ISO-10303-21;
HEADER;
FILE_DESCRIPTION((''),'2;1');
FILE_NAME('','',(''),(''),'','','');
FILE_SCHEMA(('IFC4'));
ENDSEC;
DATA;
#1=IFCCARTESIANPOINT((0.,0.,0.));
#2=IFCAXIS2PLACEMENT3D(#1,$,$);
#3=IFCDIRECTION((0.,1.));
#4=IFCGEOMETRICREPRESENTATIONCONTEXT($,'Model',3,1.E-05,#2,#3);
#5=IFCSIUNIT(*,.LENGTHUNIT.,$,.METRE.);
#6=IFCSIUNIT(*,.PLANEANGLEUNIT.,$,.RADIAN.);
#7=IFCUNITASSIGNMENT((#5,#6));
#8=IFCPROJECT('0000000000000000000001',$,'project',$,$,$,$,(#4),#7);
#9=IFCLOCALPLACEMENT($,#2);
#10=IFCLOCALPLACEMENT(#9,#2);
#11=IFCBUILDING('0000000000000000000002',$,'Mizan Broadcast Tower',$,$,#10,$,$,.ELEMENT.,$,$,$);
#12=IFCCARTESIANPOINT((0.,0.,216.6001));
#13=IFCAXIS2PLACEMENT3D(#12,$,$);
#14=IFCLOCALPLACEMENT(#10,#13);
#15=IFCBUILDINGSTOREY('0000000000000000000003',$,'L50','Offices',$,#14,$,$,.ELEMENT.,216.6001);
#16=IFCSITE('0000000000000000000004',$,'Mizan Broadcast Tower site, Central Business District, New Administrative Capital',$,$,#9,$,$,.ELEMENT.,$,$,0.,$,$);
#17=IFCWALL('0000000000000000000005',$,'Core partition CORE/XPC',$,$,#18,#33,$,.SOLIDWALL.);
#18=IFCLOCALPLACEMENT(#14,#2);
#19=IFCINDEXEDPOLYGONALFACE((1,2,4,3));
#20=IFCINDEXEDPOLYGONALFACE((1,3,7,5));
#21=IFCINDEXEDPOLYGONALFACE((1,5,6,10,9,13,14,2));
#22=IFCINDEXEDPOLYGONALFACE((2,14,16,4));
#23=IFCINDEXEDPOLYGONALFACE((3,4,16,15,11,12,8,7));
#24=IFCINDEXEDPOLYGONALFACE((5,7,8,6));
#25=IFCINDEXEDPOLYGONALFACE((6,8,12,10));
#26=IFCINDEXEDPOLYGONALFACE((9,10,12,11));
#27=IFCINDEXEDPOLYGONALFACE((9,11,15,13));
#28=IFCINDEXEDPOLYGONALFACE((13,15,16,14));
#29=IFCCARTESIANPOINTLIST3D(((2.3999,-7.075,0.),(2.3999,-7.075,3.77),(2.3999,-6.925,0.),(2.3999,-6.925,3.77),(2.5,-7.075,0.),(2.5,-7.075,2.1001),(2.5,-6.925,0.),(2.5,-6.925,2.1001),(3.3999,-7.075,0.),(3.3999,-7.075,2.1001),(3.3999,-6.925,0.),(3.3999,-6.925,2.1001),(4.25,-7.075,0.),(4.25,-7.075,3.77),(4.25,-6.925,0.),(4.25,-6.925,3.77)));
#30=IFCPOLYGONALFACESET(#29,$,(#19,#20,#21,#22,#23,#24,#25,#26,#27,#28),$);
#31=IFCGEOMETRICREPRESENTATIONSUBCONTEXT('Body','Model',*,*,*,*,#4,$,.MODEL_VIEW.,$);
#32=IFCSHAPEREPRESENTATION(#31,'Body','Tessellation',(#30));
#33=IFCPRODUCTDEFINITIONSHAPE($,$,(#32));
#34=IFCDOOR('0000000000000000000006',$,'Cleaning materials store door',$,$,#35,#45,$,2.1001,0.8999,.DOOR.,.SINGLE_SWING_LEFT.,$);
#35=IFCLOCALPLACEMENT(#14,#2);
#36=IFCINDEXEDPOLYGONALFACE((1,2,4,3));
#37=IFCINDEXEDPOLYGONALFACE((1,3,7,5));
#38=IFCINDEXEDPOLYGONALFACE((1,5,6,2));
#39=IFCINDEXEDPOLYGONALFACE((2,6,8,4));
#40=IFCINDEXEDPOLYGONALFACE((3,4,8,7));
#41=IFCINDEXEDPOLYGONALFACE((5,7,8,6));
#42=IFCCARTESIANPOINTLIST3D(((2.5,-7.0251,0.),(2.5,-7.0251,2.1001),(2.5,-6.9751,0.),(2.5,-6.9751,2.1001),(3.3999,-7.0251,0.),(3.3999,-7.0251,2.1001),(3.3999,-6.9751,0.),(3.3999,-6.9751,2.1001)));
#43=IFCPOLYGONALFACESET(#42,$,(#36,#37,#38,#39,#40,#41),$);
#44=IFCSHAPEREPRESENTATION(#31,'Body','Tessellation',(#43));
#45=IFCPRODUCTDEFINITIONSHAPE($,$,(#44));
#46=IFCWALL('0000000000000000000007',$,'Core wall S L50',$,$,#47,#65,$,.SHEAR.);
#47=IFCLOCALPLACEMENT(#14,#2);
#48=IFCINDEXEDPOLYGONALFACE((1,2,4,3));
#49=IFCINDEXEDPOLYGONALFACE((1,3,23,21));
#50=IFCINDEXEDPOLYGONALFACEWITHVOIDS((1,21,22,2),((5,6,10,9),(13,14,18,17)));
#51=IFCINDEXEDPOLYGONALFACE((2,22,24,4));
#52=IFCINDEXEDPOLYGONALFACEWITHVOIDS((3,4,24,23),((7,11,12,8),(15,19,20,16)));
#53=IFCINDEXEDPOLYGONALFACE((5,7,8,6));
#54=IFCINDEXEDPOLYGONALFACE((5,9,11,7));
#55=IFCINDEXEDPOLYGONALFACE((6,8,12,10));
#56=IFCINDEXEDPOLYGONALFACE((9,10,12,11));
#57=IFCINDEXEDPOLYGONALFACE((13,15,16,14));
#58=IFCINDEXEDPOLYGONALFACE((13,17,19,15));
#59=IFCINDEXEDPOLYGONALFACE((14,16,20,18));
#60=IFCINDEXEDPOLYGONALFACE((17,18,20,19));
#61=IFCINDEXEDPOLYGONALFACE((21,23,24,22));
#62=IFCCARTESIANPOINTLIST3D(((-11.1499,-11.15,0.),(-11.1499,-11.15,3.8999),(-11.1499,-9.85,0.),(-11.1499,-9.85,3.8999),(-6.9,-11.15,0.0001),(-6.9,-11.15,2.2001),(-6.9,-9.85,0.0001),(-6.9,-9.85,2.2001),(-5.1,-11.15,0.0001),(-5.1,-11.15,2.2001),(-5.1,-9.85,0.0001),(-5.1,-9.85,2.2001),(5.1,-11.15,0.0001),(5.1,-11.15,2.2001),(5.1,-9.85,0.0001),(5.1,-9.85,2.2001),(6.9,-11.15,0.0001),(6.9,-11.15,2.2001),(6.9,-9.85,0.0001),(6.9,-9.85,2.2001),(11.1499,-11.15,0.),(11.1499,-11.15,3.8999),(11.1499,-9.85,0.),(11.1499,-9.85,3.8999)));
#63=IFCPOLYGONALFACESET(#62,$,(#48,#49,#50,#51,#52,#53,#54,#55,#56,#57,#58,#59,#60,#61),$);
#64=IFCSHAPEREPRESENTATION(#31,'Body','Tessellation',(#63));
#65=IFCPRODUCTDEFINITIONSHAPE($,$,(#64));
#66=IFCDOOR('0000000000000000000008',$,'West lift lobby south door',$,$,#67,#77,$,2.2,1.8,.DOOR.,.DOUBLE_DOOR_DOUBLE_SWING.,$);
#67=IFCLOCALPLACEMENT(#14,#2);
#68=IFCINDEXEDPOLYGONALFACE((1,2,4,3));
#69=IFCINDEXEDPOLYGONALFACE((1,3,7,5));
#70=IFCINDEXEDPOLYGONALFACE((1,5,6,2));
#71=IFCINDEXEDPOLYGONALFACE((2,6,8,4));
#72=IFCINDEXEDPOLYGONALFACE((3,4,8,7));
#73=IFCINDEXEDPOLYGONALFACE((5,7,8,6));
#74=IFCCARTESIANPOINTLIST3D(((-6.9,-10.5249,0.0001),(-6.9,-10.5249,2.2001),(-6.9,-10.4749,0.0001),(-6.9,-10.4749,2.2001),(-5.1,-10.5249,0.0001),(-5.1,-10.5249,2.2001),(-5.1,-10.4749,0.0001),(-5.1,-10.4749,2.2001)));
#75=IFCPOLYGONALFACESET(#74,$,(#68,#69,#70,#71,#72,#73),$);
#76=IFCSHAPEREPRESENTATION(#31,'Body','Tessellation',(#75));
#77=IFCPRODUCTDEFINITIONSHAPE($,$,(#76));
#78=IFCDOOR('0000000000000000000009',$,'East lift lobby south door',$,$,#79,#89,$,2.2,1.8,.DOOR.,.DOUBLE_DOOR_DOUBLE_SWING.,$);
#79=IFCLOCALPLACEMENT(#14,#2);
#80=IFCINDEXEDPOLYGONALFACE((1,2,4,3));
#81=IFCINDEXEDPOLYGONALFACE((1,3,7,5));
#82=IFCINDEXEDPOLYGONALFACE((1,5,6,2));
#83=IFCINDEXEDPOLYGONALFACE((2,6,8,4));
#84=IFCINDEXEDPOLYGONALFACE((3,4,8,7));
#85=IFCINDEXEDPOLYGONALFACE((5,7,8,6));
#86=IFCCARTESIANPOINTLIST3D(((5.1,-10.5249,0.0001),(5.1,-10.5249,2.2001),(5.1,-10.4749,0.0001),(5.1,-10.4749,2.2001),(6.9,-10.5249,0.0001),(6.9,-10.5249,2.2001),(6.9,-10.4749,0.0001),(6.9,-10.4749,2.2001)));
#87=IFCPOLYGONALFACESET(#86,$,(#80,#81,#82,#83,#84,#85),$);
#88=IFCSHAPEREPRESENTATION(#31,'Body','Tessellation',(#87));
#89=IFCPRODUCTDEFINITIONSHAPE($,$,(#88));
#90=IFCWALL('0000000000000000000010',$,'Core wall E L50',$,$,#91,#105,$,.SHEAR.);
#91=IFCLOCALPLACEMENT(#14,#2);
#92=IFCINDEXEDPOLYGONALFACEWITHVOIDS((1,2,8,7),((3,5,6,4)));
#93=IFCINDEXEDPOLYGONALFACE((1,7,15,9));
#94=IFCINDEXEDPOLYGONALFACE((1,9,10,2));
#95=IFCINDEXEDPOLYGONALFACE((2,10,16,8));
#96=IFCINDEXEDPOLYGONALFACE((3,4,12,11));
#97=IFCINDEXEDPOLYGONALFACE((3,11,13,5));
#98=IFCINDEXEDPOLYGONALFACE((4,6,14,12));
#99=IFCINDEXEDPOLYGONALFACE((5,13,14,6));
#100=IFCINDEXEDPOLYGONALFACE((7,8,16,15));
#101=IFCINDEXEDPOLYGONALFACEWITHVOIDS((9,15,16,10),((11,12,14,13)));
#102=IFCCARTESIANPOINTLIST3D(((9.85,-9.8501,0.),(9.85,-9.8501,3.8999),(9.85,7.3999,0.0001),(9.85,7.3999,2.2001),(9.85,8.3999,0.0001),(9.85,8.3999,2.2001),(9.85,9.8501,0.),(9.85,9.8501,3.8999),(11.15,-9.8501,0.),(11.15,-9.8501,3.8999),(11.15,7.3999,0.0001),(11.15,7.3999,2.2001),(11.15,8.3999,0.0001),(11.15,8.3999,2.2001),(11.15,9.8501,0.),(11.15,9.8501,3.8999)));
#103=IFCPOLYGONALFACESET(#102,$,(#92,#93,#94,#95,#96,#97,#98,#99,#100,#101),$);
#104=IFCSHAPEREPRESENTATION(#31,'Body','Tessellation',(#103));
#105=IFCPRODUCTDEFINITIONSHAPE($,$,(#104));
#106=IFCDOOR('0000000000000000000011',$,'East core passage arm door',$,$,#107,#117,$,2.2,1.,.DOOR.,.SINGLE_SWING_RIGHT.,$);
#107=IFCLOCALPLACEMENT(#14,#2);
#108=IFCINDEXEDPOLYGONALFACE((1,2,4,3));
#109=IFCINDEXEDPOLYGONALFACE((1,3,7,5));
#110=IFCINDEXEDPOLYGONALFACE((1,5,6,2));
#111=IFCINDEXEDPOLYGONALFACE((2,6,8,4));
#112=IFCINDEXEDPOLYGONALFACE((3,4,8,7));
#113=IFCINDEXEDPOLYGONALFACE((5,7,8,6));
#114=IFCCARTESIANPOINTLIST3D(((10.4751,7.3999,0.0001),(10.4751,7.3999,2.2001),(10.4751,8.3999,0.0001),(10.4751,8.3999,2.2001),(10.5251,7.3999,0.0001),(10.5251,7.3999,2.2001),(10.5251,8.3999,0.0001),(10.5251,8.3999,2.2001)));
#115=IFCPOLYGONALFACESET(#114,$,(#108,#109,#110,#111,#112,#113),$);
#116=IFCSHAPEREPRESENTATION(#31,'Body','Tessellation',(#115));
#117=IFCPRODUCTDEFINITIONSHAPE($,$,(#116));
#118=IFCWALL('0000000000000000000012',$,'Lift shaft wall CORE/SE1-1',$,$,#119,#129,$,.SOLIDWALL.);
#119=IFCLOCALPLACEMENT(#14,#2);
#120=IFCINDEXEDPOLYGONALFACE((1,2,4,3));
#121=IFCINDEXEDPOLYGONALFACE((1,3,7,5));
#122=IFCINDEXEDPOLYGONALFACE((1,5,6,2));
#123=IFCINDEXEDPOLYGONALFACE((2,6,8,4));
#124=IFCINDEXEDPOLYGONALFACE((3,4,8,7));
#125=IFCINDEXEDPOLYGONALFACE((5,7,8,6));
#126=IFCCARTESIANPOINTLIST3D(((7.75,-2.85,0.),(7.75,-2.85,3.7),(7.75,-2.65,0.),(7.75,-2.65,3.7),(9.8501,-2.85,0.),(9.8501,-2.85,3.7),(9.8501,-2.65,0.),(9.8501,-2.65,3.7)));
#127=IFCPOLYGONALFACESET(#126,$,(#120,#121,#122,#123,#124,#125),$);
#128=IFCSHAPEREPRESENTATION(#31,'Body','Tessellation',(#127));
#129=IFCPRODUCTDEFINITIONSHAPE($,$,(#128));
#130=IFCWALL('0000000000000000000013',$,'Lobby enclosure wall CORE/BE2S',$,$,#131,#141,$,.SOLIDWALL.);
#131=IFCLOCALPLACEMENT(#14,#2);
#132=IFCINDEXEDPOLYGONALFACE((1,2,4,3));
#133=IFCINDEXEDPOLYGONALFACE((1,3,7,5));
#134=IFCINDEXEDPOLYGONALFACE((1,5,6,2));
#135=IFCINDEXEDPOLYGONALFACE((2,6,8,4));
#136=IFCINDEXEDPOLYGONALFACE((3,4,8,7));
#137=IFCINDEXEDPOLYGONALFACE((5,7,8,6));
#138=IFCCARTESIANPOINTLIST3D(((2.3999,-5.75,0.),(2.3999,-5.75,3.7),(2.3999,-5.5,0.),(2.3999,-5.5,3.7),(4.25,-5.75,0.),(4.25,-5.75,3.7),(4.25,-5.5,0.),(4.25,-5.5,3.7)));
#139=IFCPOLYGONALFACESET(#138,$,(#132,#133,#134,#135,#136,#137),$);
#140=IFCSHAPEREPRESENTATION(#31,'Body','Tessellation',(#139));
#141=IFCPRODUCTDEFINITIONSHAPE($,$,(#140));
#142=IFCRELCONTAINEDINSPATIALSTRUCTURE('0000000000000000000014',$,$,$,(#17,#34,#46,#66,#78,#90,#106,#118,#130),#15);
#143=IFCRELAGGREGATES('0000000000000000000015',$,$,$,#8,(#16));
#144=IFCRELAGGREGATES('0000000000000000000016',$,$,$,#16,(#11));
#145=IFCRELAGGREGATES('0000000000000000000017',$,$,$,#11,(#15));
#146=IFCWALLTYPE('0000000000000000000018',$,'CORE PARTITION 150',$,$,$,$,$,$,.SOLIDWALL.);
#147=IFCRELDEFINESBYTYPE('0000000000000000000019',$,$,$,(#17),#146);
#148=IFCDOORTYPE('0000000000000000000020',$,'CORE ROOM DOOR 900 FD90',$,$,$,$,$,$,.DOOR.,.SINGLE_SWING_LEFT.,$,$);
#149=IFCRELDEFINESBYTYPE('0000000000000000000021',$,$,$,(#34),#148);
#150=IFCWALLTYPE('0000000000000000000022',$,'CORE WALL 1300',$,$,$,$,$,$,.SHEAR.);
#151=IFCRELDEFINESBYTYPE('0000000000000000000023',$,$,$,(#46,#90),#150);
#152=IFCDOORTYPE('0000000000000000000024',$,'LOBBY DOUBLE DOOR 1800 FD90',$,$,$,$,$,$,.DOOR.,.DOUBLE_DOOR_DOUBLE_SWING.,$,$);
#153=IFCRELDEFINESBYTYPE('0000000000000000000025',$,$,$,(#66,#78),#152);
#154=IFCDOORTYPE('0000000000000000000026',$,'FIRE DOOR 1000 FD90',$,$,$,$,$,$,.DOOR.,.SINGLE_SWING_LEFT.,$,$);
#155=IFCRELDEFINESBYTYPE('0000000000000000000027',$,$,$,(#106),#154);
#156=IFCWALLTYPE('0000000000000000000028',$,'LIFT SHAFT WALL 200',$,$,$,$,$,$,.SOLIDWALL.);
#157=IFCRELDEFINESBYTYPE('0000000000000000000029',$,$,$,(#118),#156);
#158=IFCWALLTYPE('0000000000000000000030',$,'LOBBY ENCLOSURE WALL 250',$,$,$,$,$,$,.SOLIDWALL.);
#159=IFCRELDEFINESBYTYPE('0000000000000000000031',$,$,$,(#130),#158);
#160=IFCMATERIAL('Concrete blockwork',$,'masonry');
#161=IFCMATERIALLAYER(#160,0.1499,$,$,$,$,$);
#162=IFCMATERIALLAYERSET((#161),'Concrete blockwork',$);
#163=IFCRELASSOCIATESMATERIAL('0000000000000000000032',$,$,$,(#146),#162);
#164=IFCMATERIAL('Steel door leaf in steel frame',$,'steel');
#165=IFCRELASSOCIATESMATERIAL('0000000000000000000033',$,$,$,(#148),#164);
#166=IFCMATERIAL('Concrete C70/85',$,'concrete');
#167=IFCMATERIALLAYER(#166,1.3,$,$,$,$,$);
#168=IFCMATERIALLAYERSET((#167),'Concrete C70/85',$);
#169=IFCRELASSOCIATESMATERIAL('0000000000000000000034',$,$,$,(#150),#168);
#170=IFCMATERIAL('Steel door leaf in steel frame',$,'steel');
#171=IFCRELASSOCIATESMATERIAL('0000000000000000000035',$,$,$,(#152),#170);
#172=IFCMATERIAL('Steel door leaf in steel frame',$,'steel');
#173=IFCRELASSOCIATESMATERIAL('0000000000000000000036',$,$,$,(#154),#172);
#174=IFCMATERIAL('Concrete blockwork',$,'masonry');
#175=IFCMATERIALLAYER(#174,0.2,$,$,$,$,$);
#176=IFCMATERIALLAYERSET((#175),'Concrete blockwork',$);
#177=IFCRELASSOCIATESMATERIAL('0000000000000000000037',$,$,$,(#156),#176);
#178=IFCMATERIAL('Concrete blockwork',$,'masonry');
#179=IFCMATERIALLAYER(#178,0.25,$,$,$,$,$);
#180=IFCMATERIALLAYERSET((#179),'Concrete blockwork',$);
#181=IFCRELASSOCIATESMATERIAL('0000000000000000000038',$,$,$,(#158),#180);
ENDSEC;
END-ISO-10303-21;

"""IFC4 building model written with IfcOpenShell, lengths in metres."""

from ifc_helpers import new_model, si_unit, direction, frame, frame_2d, origin, place, context, subcontext, project, spatial, rectangle, extrude, material, layer, layer_set, type_object, element, fill, save


model = new_model("IFC4")

# Units and contexts
model_context = context("Model", 3, precision=1e-05, world=origin(), true_north=direction((0.0, 1.0)))
body_context = subcontext(model_context, "Body", "Model", "MODEL_VIEW")
ifc_project = project(units=[si_unit("LENGTHUNIT", "METRE"), si_unit("PLANEANGLEUNIT", "RADIAN")], contexts=[model_context])

# Site, building, storey
site_placement = place(None, origin())
site = spatial("IfcSite", under=ifc_project, at=site_placement, Name="Mizan Broadcast Tower site, Central Business District, New Administrative Capital", CompositionType="ELEMENT", RefElevation=0.0)
building_placement = place(site_placement, origin())
building = spatial("IfcBuilding", under=site, at=building_placement, Name="Mizan Broadcast Tower", CompositionType="ELEMENT")
storey_placement = place(building_placement, frame((0.0, 0.0, 216.6001)))
storey = spatial("IfcBuildingStorey", under=building, at=storey_placement, Name="L50", Description="Offices", CompositionType="ELEMENT", Elevation=216.6001)

# Wall, opening, door
ifc_material_1 = material(Name="Concrete blockwork", Category="masonry")
ifc_layer_1 = layer(ifc_material_1, 0.1499)
ifc_layer_set_1 = layer_set([ifc_layer_1], Name="Concrete blockwork")
wall_type_1 = type_object("IfcWallType", Name="CORE PARTITION 150", PredefinedType="SOLIDWALL", material=ifc_layer_set_1)
wall_1_placement = place(storey_placement, frame((2.3999, -7.0, 0.0), z_axis=(0.0, 0.0, 1.0), x_axis=(1.0, 0.0, 0.0)))
wall_1 = element("IfcWall", 1, at=wall_1_placement, inside=storey, type_object=wall_type_1, Name="Core partition CORE/XPC", PredefinedType="SOLIDWALL", context=body_context, shape_type="SweptSolid", body=[
    extrude(rectangle(XDim=1.8501, YDim=0.1499, at=frame_2d((0.925, 0.0))), origin(), (0.0, 0.0, 1.0), 3.77),
])
opening_1_placement = place(wall_1_placement, frame((0.1001, 0.0, 0.0)))
opening_1 = element("IfcOpeningElement", 2, at=opening_1_placement, cuts=wall_1, PredefinedType="OPENING", context=body_context, shape_type="SweptSolid", body=[
    extrude(rectangle(XDim=0.8999, YDim=2.1001, at=frame_2d((0.45, 1.05))), frame((0.0, 0.085, 0.0), z_axis=(0.0, -1.0, 0.0), x_axis=(1.0, 0.0, 0.0)), (0.0, 0.0, 1.0), 0.1699),
])
ifc_material_2 = material(Name="Steel door leaf in steel frame", Category="steel")
door_type_1 = type_object("IfcDoorType", Name="CORE ROOM DOOR 900 FD90", OperationType="SINGLE_SWING_LEFT", PredefinedType="DOOR", material=ifc_material_2)
door_1_placement = place(opening_1_placement, origin())
door_1 = element("IfcDoor", 3, at=door_1_placement, inside=storey, type_object=door_type_1, Name="Cleaning materials store door", OperationType="SINGLE_SWING_LEFT", OverallHeight=2.1001, OverallWidth=0.8999, PredefinedType="DOOR", context=body_context, shape_type="SweptSolid", body=[
    extrude(rectangle(XDim=0.8999, YDim=2.1001, at=frame_2d((0.45, 1.05))), frame((0.0, 0.0249, 0.0), z_axis=(0.0, -1.0, 0.0), x_axis=(1.0, 0.0, 0.0)), (0.0, 0.0, 1.0), 0.05),
])
fill(opening_1, door_1)

# Wall, openings, doors
ifc_material_3 = material(Name="Concrete C70/85", Category="concrete")
ifc_layer_2 = layer(ifc_material_3, 1.3)
ifc_layer_set_2 = layer_set([ifc_layer_2], Name="Concrete C70/85")
wall_type_2 = type_object("IfcWallType", Name="CORE WALL 1300", PredefinedType="SHEAR", material=ifc_layer_set_2)
wall_2_placement = place(storey_placement, frame((11.1499, -10.5, 0.0), z_axis=(0.0, 0.0, 1.0), x_axis=(-1.0, 0.0, 0.0)))
wall_2 = element("IfcWall", 4, at=wall_2_placement, inside=storey, type_object=wall_type_2, Name="Core wall S L50", PredefinedType="SHEAR", context=body_context, shape_type="SweptSolid", body=[
    extrude(rectangle(XDim=22.2998, YDim=1.3, at=frame_2d((11.1499, 0.0))), origin(), (0.0, 0.0, 1.0), 3.8999),
])
opening_2_placement = place(wall_2_placement, frame((16.25, 0.0, 0.0)))
opening_2 = element("IfcOpeningElement", 5, at=opening_2_placement, cuts=wall_2, PredefinedType="OPENING", context=body_context, shape_type="SweptSolid", body=[
    extrude(rectangle(XDim=1.8, YDim=2.2, at=frame_2d((0.8999, 1.1001))), frame((0.0, 0.6599, 0.0), z_axis=(0.0, -1.0, 0.0), x_axis=(1.0, 0.0, 0.0)), (0.0, 0.0, 1.0), 1.3201),
])
opening_3_placement = place(wall_2_placement, frame((4.25, 0.0, 0.0)))
opening_3 = element("IfcOpeningElement", 6, at=opening_3_placement, cuts=wall_2, PredefinedType="OPENING", context=body_context, shape_type="SweptSolid", body=[
    extrude(rectangle(XDim=1.8, YDim=2.2, at=frame_2d((0.8999, 1.1001))), frame((0.0, 0.6599, 0.0), z_axis=(0.0, -1.0, 0.0), x_axis=(1.0, 0.0, 0.0)), (0.0, 0.0, 1.0), 1.3201),
])
ifc_material_4 = material(Name="Steel door leaf in steel frame", Category="steel")
door_type_2 = type_object("IfcDoorType", Name="LOBBY DOUBLE DOOR 1800 FD90", OperationType="DOUBLE_DOOR_DOUBLE_SWING", PredefinedType="DOOR", material=ifc_material_4)
door_2_placement = place(opening_2_placement, origin())
door_2 = element("IfcDoor", 7, at=door_2_placement, inside=storey, type_object=door_type_2, Name="West lift lobby south door", OperationType="DOUBLE_DOOR_DOUBLE_SWING", OverallHeight=2.2, OverallWidth=1.8, PredefinedType="DOOR", context=body_context, shape_type="SweptSolid", body=[
    extrude(rectangle(XDim=1.8, YDim=2.2, at=frame_2d((0.8999, 1.1001))), frame((0.0, 0.0249, 0.0), z_axis=(0.0, -1.0, 0.0), x_axis=(1.0, 0.0, 0.0)), (0.0, 0.0, 1.0), 0.05),
])
fill(opening_2, door_2)
door_3_placement = place(opening_3_placement, origin())
door_3 = element("IfcDoor", 8, at=door_3_placement, inside=storey, type_object=door_type_2, Name="East lift lobby south door", OperationType="DOUBLE_DOOR_DOUBLE_SWING", OverallHeight=2.2, OverallWidth=1.8, PredefinedType="DOOR", context=body_context, shape_type="SweptSolid", body=[
    extrude(rectangle(XDim=1.8, YDim=2.2, at=frame_2d((0.8999, 1.1001))), frame((0.0, 0.0249, 0.0), z_axis=(0.0, -1.0, 0.0), x_axis=(1.0, 0.0, 0.0)), (0.0, 0.0, 1.0), 0.05),
])
fill(opening_3, door_3)

# Wall, opening, door
wall_3_placement = place(storey_placement, frame((10.5, -9.8501, 0.0), z_axis=(0.0, 0.0, 1.0), x_axis=(0.0, 1.0, 0.0)))
wall_3 = element("IfcWall", 9, at=wall_3_placement, inside=storey, type_object=wall_type_2, Name="Core wall E L50", PredefinedType="SHEAR", context=body_context, shape_type="SweptSolid", body=[
    extrude(rectangle(XDim=19.7002, YDim=1.3, at=frame_2d((9.8501, 0.0))), origin(), (0.0, 0.0, 1.0), 3.8999),
])
opening_4_placement = place(wall_3_placement, frame((17.25, 0.0, 0.0)))
opening_4 = element("IfcOpeningElement", 10, at=opening_4_placement, cuts=wall_3, PredefinedType="OPENING", context=body_context, shape_type="SweptSolid", body=[
    extrude(rectangle(XDim=1.0, YDim=2.2, at=frame_2d((0.5, 1.1001))), frame((0.0, 0.6599, 0.0), z_axis=(0.0, -1.0, 0.0), x_axis=(1.0, 0.0, 0.0)), (0.0, 0.0, 1.0), 1.3201),
])
ifc_material_5 = material(Name="Steel door leaf in steel frame", Category="steel")
door_type_3 = type_object("IfcDoorType", Name="FIRE DOOR 1000 FD90", OperationType="SINGLE_SWING_LEFT", PredefinedType="DOOR", material=ifc_material_5)
door_4_placement = place(opening_4_placement, origin())
door_4 = element("IfcDoor", 11, at=door_4_placement, inside=storey, type_object=door_type_3, Name="East core passage arm door", OperationType="SINGLE_SWING_RIGHT", OverallHeight=2.2, OverallWidth=1.0, PredefinedType="DOOR", context=body_context, shape_type="SweptSolid", body=[
    extrude(rectangle(XDim=1.0, YDim=2.2, at=frame_2d((0.5, 1.1001))), frame((0.0, 0.0249, 0.0), z_axis=(0.0, -1.0, 0.0), x_axis=(1.0, 0.0, 0.0)), (0.0, 0.0, 1.0), 0.05),
])
fill(opening_4, door_4)

# Walls
ifc_material_6 = material(Name="Concrete blockwork", Category="masonry")
ifc_layer_3 = layer(ifc_material_6, 0.2)
ifc_layer_set_3 = layer_set([ifc_layer_3], Name="Concrete blockwork")
wall_type_3 = type_object("IfcWallType", Name="LIFT SHAFT WALL 200", PredefinedType="SOLIDWALL", material=ifc_layer_set_3)
wall_4_placement = place(storey_placement, frame((7.75, -2.75, 0.0), z_axis=(0.0, 0.0, 1.0), x_axis=(1.0, 0.0, 0.0)))
element("IfcWall", 12, at=wall_4_placement, inside=storey, type_object=wall_type_3, Name="Lift shaft wall CORE/SE1-1", PredefinedType="SOLIDWALL", context=body_context, shape_type="SweptSolid", body=[
    extrude(rectangle(XDim=2.1001, YDim=0.2, at=frame_2d((1.05, 0.0))), origin(), (0.0, 0.0, 1.0), 3.7),
])
ifc_material_7 = material(Name="Concrete blockwork", Category="masonry")
ifc_layer_4 = layer(ifc_material_7, 0.25)
ifc_layer_set_4 = layer_set([ifc_layer_4], Name="Concrete blockwork")
wall_type_4 = type_object("IfcWallType", Name="LOBBY ENCLOSURE WALL 250", PredefinedType="SOLIDWALL", material=ifc_layer_set_4)
wall_5_placement = place(storey_placement, frame((2.3999, -5.625, 0.0), z_axis=(0.0, 0.0, 1.0), x_axis=(1.0, 0.0, 0.0)))
element("IfcWall", 13, at=wall_5_placement, inside=storey, type_object=wall_type_4, Name="Lobby enclosure wall CORE/BE2S", PredefinedType="SOLIDWALL", context=body_context, shape_type="SweptSolid", body=[
    extrude(rectangle(XDim=1.8501, YDim=0.25, at=frame_2d((0.925, 0.0))), origin(), (0.0, 0.0, 1.0), 3.7),
])

save(model, "model.ifc")
